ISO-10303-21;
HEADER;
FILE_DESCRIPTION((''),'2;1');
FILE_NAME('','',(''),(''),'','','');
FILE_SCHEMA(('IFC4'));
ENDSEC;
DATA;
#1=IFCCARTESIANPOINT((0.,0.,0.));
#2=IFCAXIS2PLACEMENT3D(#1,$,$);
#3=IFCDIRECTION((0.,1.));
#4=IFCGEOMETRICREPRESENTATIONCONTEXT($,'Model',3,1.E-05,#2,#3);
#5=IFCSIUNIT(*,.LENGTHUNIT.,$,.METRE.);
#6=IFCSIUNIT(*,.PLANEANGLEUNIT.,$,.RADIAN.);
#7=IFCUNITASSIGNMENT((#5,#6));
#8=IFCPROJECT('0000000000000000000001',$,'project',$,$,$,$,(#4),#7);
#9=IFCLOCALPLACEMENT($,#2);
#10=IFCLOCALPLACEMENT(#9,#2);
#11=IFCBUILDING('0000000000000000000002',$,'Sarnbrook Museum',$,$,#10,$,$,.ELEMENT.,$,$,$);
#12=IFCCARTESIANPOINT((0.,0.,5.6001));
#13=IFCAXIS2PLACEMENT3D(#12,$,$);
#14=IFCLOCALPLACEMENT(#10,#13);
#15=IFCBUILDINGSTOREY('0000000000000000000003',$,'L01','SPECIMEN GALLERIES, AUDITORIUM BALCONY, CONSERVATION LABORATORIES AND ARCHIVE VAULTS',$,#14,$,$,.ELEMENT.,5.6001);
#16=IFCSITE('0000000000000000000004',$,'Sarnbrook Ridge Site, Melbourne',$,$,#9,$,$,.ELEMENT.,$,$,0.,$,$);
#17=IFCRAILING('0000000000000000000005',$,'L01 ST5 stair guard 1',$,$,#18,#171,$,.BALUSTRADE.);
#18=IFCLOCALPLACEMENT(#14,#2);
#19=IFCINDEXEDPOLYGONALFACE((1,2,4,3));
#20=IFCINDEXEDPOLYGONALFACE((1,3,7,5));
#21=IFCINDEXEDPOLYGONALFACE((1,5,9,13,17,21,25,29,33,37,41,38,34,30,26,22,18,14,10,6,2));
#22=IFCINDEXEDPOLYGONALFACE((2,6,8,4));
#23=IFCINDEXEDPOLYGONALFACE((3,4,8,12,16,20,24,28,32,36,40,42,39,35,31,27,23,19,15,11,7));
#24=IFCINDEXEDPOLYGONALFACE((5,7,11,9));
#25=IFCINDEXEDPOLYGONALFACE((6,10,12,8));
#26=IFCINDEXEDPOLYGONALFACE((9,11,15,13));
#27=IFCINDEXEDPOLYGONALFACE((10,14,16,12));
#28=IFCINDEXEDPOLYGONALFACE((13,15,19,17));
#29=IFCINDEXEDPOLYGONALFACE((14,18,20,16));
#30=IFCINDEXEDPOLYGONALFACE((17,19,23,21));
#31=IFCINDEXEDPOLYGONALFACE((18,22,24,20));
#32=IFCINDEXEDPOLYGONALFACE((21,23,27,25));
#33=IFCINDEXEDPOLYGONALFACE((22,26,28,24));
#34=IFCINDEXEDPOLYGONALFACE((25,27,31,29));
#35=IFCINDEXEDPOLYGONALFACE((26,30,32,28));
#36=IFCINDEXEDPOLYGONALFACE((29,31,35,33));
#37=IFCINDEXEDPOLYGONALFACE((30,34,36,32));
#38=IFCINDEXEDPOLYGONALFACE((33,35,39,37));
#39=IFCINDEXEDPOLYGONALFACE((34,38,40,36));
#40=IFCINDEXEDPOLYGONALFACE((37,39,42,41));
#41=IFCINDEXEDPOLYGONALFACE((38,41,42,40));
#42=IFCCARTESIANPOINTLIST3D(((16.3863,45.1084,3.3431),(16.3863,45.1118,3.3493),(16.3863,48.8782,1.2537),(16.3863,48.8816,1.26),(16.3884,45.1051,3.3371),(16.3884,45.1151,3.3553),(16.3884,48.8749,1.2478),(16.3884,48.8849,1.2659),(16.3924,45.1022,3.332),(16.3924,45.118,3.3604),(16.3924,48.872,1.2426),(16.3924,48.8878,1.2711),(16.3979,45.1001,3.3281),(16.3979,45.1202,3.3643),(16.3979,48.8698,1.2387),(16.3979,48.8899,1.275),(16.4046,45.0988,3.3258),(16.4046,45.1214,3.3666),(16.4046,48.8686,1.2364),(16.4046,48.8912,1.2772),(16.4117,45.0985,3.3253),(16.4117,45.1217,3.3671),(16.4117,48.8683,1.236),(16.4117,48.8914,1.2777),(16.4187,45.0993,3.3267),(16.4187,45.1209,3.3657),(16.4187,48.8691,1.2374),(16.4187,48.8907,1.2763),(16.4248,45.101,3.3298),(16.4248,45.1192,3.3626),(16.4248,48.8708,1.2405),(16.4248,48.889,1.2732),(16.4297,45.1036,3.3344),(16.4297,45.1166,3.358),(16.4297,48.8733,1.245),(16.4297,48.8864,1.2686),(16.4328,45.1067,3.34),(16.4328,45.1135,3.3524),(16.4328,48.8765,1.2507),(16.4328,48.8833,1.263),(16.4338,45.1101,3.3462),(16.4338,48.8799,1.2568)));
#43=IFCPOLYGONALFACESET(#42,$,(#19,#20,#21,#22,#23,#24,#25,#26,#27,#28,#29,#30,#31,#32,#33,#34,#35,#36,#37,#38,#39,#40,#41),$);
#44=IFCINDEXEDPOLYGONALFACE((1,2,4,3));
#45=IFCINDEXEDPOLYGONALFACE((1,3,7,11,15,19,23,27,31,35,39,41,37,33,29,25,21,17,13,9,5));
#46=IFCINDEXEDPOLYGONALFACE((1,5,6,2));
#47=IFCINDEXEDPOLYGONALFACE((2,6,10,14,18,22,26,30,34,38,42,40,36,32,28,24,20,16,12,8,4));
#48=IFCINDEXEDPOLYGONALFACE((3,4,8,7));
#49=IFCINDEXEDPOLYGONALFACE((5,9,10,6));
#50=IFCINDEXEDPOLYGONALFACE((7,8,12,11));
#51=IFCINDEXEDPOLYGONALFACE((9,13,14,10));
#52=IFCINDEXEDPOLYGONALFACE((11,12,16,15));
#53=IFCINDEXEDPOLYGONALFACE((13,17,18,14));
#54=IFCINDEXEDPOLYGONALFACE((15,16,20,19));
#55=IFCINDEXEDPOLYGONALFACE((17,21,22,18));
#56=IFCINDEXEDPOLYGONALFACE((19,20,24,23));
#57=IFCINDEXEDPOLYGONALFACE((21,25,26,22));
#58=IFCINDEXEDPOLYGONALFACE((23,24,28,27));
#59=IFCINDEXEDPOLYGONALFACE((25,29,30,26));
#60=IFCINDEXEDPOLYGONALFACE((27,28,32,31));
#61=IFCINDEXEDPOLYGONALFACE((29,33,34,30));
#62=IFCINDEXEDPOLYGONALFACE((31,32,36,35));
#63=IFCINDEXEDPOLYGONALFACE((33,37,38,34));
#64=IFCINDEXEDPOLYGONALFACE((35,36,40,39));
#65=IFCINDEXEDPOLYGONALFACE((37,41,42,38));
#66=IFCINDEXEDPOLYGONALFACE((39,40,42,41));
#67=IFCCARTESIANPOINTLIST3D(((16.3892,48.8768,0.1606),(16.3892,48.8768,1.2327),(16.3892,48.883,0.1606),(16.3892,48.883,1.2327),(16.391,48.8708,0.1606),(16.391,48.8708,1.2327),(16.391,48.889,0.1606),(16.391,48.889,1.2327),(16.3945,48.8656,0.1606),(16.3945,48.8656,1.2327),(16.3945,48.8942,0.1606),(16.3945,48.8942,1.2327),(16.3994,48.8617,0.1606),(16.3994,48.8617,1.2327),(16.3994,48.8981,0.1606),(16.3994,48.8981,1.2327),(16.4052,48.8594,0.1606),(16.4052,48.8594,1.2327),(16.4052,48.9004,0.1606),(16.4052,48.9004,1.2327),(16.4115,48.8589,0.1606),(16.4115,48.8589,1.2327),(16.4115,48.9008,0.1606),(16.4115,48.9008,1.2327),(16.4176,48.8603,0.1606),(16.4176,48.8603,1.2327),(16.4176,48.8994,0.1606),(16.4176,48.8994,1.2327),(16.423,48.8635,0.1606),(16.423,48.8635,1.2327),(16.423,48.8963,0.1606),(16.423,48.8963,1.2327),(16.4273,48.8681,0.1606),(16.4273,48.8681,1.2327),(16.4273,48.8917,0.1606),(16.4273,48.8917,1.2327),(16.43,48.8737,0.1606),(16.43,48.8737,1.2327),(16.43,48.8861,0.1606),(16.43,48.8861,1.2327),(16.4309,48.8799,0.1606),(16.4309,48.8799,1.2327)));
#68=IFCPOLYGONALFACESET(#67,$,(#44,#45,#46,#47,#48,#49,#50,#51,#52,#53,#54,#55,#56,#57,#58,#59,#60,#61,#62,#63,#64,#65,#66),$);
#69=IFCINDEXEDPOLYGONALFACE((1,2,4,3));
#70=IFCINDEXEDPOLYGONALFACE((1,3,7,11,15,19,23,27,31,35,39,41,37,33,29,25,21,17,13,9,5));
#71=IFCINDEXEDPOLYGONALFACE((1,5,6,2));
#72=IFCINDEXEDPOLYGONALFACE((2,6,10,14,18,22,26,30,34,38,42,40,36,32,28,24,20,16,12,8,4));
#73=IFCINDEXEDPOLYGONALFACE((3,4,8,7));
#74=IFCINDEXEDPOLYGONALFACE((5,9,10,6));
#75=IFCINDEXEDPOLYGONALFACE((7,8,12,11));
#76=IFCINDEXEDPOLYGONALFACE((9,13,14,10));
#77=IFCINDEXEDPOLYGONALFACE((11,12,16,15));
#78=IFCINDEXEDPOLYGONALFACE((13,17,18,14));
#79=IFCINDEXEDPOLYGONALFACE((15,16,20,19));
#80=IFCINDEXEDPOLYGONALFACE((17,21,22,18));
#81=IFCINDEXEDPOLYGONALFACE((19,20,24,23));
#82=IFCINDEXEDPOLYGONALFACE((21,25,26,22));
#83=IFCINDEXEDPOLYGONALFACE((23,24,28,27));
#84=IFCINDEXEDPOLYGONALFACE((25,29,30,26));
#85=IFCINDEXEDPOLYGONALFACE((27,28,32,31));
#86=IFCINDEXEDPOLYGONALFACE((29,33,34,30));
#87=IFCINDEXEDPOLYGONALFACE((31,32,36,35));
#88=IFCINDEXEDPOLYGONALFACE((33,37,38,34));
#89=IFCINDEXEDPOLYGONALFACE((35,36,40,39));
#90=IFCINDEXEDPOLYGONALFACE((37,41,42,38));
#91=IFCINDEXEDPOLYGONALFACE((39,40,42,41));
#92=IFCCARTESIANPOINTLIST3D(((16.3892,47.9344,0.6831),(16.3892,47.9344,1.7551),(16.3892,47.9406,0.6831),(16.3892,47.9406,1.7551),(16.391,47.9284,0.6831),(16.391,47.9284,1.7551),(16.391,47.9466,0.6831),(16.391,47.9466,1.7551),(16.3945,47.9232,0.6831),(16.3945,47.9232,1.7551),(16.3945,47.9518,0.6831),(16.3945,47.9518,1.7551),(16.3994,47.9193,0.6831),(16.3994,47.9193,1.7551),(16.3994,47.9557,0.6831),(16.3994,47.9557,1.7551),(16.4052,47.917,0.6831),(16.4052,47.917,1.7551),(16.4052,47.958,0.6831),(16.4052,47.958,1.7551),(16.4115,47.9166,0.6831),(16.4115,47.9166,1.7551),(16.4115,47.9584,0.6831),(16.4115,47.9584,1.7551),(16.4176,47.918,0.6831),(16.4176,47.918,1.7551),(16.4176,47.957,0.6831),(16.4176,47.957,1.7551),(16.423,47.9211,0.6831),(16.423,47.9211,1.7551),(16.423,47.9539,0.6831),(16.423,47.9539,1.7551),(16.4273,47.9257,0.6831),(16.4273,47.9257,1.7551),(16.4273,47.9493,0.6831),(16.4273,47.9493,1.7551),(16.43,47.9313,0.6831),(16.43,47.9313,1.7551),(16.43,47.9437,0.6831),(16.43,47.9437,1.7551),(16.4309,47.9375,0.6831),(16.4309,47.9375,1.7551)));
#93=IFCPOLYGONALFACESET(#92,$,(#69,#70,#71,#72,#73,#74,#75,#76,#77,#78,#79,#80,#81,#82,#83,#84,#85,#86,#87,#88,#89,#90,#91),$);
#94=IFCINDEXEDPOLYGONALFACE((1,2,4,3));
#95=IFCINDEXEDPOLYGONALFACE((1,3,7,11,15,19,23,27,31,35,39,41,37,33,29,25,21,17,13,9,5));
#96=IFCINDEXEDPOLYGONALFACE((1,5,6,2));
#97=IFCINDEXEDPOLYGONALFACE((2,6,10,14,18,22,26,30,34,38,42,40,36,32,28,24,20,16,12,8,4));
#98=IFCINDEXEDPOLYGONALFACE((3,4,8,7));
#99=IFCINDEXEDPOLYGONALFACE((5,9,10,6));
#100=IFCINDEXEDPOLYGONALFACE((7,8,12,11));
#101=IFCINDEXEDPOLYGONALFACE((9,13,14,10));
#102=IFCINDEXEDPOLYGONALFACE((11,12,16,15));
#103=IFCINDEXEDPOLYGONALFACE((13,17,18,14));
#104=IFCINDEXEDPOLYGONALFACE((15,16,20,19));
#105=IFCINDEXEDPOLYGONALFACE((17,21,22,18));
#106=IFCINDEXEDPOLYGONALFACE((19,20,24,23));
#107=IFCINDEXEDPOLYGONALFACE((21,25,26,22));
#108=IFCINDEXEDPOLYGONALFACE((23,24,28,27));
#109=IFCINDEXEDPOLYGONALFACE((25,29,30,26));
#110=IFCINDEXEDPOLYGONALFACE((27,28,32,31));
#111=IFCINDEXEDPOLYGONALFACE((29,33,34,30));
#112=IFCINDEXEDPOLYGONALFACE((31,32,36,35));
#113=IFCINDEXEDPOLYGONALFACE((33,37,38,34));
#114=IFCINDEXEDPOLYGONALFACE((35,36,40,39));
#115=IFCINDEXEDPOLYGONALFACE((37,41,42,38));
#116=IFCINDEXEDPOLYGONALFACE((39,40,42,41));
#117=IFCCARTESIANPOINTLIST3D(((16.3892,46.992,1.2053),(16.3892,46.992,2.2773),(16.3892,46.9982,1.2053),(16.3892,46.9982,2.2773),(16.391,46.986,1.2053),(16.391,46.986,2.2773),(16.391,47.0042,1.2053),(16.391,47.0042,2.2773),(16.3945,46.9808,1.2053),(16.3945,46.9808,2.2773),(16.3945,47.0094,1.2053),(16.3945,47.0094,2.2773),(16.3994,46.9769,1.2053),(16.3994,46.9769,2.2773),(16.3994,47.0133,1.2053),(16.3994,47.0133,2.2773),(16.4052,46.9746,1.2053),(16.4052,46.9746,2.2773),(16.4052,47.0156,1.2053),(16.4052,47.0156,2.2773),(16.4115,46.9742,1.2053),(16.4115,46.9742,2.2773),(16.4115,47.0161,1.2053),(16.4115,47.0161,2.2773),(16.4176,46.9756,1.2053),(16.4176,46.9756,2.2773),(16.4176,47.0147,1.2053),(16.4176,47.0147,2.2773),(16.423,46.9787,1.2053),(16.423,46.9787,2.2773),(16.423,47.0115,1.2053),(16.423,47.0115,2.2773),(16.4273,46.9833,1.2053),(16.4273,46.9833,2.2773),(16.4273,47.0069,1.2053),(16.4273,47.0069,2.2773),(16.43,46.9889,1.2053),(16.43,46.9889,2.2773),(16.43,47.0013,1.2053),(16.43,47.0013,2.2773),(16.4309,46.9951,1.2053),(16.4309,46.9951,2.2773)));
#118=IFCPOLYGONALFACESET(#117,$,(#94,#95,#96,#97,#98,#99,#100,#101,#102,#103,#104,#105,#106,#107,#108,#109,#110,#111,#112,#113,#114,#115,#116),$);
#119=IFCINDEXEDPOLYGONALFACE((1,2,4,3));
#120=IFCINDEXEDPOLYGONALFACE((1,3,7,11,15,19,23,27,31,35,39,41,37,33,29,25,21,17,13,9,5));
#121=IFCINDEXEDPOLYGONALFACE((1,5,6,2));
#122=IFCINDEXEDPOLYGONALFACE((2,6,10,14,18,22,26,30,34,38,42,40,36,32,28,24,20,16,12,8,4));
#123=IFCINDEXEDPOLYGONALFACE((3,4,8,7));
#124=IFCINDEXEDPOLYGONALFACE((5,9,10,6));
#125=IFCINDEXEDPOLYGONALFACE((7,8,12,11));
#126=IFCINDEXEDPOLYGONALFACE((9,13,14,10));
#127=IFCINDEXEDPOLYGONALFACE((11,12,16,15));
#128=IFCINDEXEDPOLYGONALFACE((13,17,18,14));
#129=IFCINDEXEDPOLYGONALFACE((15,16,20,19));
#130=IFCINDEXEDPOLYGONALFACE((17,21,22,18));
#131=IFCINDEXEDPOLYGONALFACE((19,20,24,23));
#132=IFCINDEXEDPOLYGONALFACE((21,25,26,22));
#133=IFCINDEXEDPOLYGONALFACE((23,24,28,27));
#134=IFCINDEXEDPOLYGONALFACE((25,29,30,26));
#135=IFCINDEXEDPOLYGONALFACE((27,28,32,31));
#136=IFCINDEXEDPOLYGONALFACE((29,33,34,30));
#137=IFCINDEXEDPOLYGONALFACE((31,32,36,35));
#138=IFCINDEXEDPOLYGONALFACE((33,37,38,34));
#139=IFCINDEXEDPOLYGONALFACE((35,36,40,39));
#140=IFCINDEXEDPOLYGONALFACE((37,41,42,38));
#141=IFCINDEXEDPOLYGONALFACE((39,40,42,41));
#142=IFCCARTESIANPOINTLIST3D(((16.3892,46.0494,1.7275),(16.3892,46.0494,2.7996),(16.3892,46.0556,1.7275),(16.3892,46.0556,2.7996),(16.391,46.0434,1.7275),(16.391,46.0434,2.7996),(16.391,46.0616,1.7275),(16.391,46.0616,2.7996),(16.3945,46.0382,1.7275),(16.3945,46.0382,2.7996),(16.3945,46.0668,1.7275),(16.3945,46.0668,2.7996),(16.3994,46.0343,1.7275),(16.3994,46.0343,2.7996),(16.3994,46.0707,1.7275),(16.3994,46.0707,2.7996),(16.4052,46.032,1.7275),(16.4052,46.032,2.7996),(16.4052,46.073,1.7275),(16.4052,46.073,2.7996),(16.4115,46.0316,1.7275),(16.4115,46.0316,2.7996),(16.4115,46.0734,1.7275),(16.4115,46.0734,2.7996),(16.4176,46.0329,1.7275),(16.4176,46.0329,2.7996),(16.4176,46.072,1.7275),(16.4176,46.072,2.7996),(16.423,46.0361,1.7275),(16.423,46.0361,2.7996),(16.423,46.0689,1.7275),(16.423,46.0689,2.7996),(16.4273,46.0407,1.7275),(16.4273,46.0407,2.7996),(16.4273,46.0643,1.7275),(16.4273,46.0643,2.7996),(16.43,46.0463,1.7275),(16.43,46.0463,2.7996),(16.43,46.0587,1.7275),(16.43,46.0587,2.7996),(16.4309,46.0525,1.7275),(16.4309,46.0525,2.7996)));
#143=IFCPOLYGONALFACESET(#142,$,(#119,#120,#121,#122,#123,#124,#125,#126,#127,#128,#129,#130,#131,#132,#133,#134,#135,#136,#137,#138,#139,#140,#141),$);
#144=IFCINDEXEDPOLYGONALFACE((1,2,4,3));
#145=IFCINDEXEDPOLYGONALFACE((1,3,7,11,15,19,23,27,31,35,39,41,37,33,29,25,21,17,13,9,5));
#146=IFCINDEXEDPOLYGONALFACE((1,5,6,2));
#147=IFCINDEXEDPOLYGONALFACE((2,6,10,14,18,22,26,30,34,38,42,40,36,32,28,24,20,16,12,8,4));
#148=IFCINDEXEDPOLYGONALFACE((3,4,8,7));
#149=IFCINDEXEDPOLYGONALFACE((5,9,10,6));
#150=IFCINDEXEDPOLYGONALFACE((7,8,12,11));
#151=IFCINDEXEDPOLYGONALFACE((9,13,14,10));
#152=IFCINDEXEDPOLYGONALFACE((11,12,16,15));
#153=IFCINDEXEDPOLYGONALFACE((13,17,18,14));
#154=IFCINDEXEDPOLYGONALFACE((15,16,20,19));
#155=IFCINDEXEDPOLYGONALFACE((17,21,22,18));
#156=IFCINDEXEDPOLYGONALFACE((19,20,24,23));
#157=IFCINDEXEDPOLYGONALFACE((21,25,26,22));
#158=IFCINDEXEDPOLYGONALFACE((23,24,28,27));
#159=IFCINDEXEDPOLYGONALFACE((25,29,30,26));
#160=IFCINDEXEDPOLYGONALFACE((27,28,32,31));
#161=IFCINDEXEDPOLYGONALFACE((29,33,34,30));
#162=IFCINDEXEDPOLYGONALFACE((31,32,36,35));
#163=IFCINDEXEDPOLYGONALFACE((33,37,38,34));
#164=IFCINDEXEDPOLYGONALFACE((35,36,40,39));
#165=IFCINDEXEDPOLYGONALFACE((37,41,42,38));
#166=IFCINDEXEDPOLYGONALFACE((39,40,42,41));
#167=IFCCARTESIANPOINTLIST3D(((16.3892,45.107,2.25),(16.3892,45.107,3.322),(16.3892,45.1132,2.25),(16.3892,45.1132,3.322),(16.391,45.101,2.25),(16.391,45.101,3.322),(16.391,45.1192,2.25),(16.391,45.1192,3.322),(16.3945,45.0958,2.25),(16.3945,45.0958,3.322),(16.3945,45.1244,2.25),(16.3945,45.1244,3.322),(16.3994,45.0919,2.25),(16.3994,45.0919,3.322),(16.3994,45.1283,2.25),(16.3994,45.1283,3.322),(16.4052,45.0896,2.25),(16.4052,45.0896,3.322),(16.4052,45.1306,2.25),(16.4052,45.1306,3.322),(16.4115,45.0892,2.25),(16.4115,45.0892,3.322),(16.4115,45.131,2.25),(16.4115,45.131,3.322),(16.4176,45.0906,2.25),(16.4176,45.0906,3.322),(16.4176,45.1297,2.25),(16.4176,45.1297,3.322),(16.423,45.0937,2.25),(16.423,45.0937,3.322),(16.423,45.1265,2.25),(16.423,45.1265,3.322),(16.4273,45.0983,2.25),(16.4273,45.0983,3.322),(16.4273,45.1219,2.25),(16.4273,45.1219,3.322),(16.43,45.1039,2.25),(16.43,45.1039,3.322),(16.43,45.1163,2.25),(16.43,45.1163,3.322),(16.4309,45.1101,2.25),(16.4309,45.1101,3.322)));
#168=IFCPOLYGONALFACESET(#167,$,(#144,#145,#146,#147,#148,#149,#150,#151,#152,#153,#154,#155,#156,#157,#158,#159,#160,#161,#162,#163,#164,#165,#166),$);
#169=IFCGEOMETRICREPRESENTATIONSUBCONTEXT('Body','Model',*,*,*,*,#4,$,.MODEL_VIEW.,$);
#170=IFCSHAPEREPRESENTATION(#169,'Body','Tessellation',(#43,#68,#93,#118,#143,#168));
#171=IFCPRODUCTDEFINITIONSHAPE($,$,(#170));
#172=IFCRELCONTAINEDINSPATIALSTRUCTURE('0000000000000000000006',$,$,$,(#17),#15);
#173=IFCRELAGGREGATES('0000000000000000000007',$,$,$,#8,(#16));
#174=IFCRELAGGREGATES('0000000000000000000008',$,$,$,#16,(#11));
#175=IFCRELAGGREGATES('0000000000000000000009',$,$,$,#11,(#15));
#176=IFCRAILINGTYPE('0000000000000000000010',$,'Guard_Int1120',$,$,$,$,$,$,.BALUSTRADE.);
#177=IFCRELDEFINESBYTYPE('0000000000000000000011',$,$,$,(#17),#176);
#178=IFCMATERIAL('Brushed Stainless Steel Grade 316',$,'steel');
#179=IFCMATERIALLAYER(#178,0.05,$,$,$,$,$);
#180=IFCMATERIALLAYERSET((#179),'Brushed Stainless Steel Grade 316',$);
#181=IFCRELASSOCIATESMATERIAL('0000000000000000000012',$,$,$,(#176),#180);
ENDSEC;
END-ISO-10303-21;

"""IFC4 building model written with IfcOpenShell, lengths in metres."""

from ifc_helpers import new_model, si_unit, direction, frame, origin, origin_2d, place, context, subcontext, project, spatial, circle, extrude, material, layer, layer_set, type_object, element, save


model = new_model("IFC4")

# Units and contexts
model_context = context("Model", 3, precision=1e-05, world=origin(), true_north=direction((0.0, 1.0)))
body_context = subcontext(model_context, "Body", "Model", "MODEL_VIEW")
ifc_project = project(units=[si_unit("LENGTHUNIT", "METRE"), si_unit("PLANEANGLEUNIT", "RADIAN")], contexts=[model_context])

# Site, building, storey
site_placement = place(None, origin())
site = spatial("IfcSite", under=ifc_project, at=site_placement, Name="Sarnbrook Ridge Site, Melbourne", CompositionType="ELEMENT", RefElevation=0.0)
building_placement = place(site_placement, origin())
building = spatial("IfcBuilding", under=site, at=building_placement, Name="Sarnbrook Museum", CompositionType="ELEMENT")
storey_placement = place(building_placement, frame((0.0, 0.0, 5.6001)))
storey = spatial("IfcBuildingStorey", under=building, at=storey_placement, Name="L01", Description="SPECIMEN GALLERIES, AUDITORIUM BALCONY, CONSERVATION LABORATORIES AND ARCHIVE VAULTS", CompositionType="ELEMENT", Elevation=5.6001)

# Railing
ifc_material_1 = material(Name="Brushed Stainless Steel Grade 316", Category="steel")
ifc_layer_1 = layer(ifc_material_1, 0.05)
ifc_layer_set_1 = layer_set([ifc_layer_1], Name="Brushed Stainless Steel Grade 316")
railing_type_1 = type_object("IfcRailingType", Name="Guard_Int1120", PredefinedType="BALUSTRADE", material=ifc_layer_set_1)
railing_1_placement = place(storey_placement, frame((16.4099, 48.8799, 0.1606)))
element("IfcRailing", 1, at=railing_1_placement, inside=storey, type_object=railing_type_1, Name="L01 ST5 stair guard 1", PredefinedType="BALUSTRADE", context=body_context, shape_type="SweptSolid", body=[
    extrude(circle(Radius=0.0239, at=origin_2d()), frame((0.0, 0.0, 1.0962), z_axis=(0.0, -0.874646, 0.484763), x_axis=(1.0, 0.0, 0.0)), (0.0, 0.0, 1.0), 4.3101),
    extrude(circle(Radius=0.021, at=origin_2d()), origin(), (0.0, 0.0, 1.0), 1.072),
    extrude(circle(Radius=0.021, at=origin_2d()), frame((0.0, -0.9424, 0.5225)), (0.0, 0.0, 1.0), 1.072),
    extrude(circle(Radius=0.021, at=origin_2d()), frame((0.0, -1.8848, 1.0447)), (0.0, 0.0, 1.0), 1.072),
    extrude(circle(Radius=0.021, at=origin_2d()), frame((0.0, -2.8274, 1.5669)), (0.0, 0.0, 1.0), 1.072),
    extrude(circle(Radius=0.021, at=origin_2d()), frame((0.0, -3.7698, 2.0894)), (0.0, 0.0, 1.0), 1.072),
])

save(model, "model.ifc")
